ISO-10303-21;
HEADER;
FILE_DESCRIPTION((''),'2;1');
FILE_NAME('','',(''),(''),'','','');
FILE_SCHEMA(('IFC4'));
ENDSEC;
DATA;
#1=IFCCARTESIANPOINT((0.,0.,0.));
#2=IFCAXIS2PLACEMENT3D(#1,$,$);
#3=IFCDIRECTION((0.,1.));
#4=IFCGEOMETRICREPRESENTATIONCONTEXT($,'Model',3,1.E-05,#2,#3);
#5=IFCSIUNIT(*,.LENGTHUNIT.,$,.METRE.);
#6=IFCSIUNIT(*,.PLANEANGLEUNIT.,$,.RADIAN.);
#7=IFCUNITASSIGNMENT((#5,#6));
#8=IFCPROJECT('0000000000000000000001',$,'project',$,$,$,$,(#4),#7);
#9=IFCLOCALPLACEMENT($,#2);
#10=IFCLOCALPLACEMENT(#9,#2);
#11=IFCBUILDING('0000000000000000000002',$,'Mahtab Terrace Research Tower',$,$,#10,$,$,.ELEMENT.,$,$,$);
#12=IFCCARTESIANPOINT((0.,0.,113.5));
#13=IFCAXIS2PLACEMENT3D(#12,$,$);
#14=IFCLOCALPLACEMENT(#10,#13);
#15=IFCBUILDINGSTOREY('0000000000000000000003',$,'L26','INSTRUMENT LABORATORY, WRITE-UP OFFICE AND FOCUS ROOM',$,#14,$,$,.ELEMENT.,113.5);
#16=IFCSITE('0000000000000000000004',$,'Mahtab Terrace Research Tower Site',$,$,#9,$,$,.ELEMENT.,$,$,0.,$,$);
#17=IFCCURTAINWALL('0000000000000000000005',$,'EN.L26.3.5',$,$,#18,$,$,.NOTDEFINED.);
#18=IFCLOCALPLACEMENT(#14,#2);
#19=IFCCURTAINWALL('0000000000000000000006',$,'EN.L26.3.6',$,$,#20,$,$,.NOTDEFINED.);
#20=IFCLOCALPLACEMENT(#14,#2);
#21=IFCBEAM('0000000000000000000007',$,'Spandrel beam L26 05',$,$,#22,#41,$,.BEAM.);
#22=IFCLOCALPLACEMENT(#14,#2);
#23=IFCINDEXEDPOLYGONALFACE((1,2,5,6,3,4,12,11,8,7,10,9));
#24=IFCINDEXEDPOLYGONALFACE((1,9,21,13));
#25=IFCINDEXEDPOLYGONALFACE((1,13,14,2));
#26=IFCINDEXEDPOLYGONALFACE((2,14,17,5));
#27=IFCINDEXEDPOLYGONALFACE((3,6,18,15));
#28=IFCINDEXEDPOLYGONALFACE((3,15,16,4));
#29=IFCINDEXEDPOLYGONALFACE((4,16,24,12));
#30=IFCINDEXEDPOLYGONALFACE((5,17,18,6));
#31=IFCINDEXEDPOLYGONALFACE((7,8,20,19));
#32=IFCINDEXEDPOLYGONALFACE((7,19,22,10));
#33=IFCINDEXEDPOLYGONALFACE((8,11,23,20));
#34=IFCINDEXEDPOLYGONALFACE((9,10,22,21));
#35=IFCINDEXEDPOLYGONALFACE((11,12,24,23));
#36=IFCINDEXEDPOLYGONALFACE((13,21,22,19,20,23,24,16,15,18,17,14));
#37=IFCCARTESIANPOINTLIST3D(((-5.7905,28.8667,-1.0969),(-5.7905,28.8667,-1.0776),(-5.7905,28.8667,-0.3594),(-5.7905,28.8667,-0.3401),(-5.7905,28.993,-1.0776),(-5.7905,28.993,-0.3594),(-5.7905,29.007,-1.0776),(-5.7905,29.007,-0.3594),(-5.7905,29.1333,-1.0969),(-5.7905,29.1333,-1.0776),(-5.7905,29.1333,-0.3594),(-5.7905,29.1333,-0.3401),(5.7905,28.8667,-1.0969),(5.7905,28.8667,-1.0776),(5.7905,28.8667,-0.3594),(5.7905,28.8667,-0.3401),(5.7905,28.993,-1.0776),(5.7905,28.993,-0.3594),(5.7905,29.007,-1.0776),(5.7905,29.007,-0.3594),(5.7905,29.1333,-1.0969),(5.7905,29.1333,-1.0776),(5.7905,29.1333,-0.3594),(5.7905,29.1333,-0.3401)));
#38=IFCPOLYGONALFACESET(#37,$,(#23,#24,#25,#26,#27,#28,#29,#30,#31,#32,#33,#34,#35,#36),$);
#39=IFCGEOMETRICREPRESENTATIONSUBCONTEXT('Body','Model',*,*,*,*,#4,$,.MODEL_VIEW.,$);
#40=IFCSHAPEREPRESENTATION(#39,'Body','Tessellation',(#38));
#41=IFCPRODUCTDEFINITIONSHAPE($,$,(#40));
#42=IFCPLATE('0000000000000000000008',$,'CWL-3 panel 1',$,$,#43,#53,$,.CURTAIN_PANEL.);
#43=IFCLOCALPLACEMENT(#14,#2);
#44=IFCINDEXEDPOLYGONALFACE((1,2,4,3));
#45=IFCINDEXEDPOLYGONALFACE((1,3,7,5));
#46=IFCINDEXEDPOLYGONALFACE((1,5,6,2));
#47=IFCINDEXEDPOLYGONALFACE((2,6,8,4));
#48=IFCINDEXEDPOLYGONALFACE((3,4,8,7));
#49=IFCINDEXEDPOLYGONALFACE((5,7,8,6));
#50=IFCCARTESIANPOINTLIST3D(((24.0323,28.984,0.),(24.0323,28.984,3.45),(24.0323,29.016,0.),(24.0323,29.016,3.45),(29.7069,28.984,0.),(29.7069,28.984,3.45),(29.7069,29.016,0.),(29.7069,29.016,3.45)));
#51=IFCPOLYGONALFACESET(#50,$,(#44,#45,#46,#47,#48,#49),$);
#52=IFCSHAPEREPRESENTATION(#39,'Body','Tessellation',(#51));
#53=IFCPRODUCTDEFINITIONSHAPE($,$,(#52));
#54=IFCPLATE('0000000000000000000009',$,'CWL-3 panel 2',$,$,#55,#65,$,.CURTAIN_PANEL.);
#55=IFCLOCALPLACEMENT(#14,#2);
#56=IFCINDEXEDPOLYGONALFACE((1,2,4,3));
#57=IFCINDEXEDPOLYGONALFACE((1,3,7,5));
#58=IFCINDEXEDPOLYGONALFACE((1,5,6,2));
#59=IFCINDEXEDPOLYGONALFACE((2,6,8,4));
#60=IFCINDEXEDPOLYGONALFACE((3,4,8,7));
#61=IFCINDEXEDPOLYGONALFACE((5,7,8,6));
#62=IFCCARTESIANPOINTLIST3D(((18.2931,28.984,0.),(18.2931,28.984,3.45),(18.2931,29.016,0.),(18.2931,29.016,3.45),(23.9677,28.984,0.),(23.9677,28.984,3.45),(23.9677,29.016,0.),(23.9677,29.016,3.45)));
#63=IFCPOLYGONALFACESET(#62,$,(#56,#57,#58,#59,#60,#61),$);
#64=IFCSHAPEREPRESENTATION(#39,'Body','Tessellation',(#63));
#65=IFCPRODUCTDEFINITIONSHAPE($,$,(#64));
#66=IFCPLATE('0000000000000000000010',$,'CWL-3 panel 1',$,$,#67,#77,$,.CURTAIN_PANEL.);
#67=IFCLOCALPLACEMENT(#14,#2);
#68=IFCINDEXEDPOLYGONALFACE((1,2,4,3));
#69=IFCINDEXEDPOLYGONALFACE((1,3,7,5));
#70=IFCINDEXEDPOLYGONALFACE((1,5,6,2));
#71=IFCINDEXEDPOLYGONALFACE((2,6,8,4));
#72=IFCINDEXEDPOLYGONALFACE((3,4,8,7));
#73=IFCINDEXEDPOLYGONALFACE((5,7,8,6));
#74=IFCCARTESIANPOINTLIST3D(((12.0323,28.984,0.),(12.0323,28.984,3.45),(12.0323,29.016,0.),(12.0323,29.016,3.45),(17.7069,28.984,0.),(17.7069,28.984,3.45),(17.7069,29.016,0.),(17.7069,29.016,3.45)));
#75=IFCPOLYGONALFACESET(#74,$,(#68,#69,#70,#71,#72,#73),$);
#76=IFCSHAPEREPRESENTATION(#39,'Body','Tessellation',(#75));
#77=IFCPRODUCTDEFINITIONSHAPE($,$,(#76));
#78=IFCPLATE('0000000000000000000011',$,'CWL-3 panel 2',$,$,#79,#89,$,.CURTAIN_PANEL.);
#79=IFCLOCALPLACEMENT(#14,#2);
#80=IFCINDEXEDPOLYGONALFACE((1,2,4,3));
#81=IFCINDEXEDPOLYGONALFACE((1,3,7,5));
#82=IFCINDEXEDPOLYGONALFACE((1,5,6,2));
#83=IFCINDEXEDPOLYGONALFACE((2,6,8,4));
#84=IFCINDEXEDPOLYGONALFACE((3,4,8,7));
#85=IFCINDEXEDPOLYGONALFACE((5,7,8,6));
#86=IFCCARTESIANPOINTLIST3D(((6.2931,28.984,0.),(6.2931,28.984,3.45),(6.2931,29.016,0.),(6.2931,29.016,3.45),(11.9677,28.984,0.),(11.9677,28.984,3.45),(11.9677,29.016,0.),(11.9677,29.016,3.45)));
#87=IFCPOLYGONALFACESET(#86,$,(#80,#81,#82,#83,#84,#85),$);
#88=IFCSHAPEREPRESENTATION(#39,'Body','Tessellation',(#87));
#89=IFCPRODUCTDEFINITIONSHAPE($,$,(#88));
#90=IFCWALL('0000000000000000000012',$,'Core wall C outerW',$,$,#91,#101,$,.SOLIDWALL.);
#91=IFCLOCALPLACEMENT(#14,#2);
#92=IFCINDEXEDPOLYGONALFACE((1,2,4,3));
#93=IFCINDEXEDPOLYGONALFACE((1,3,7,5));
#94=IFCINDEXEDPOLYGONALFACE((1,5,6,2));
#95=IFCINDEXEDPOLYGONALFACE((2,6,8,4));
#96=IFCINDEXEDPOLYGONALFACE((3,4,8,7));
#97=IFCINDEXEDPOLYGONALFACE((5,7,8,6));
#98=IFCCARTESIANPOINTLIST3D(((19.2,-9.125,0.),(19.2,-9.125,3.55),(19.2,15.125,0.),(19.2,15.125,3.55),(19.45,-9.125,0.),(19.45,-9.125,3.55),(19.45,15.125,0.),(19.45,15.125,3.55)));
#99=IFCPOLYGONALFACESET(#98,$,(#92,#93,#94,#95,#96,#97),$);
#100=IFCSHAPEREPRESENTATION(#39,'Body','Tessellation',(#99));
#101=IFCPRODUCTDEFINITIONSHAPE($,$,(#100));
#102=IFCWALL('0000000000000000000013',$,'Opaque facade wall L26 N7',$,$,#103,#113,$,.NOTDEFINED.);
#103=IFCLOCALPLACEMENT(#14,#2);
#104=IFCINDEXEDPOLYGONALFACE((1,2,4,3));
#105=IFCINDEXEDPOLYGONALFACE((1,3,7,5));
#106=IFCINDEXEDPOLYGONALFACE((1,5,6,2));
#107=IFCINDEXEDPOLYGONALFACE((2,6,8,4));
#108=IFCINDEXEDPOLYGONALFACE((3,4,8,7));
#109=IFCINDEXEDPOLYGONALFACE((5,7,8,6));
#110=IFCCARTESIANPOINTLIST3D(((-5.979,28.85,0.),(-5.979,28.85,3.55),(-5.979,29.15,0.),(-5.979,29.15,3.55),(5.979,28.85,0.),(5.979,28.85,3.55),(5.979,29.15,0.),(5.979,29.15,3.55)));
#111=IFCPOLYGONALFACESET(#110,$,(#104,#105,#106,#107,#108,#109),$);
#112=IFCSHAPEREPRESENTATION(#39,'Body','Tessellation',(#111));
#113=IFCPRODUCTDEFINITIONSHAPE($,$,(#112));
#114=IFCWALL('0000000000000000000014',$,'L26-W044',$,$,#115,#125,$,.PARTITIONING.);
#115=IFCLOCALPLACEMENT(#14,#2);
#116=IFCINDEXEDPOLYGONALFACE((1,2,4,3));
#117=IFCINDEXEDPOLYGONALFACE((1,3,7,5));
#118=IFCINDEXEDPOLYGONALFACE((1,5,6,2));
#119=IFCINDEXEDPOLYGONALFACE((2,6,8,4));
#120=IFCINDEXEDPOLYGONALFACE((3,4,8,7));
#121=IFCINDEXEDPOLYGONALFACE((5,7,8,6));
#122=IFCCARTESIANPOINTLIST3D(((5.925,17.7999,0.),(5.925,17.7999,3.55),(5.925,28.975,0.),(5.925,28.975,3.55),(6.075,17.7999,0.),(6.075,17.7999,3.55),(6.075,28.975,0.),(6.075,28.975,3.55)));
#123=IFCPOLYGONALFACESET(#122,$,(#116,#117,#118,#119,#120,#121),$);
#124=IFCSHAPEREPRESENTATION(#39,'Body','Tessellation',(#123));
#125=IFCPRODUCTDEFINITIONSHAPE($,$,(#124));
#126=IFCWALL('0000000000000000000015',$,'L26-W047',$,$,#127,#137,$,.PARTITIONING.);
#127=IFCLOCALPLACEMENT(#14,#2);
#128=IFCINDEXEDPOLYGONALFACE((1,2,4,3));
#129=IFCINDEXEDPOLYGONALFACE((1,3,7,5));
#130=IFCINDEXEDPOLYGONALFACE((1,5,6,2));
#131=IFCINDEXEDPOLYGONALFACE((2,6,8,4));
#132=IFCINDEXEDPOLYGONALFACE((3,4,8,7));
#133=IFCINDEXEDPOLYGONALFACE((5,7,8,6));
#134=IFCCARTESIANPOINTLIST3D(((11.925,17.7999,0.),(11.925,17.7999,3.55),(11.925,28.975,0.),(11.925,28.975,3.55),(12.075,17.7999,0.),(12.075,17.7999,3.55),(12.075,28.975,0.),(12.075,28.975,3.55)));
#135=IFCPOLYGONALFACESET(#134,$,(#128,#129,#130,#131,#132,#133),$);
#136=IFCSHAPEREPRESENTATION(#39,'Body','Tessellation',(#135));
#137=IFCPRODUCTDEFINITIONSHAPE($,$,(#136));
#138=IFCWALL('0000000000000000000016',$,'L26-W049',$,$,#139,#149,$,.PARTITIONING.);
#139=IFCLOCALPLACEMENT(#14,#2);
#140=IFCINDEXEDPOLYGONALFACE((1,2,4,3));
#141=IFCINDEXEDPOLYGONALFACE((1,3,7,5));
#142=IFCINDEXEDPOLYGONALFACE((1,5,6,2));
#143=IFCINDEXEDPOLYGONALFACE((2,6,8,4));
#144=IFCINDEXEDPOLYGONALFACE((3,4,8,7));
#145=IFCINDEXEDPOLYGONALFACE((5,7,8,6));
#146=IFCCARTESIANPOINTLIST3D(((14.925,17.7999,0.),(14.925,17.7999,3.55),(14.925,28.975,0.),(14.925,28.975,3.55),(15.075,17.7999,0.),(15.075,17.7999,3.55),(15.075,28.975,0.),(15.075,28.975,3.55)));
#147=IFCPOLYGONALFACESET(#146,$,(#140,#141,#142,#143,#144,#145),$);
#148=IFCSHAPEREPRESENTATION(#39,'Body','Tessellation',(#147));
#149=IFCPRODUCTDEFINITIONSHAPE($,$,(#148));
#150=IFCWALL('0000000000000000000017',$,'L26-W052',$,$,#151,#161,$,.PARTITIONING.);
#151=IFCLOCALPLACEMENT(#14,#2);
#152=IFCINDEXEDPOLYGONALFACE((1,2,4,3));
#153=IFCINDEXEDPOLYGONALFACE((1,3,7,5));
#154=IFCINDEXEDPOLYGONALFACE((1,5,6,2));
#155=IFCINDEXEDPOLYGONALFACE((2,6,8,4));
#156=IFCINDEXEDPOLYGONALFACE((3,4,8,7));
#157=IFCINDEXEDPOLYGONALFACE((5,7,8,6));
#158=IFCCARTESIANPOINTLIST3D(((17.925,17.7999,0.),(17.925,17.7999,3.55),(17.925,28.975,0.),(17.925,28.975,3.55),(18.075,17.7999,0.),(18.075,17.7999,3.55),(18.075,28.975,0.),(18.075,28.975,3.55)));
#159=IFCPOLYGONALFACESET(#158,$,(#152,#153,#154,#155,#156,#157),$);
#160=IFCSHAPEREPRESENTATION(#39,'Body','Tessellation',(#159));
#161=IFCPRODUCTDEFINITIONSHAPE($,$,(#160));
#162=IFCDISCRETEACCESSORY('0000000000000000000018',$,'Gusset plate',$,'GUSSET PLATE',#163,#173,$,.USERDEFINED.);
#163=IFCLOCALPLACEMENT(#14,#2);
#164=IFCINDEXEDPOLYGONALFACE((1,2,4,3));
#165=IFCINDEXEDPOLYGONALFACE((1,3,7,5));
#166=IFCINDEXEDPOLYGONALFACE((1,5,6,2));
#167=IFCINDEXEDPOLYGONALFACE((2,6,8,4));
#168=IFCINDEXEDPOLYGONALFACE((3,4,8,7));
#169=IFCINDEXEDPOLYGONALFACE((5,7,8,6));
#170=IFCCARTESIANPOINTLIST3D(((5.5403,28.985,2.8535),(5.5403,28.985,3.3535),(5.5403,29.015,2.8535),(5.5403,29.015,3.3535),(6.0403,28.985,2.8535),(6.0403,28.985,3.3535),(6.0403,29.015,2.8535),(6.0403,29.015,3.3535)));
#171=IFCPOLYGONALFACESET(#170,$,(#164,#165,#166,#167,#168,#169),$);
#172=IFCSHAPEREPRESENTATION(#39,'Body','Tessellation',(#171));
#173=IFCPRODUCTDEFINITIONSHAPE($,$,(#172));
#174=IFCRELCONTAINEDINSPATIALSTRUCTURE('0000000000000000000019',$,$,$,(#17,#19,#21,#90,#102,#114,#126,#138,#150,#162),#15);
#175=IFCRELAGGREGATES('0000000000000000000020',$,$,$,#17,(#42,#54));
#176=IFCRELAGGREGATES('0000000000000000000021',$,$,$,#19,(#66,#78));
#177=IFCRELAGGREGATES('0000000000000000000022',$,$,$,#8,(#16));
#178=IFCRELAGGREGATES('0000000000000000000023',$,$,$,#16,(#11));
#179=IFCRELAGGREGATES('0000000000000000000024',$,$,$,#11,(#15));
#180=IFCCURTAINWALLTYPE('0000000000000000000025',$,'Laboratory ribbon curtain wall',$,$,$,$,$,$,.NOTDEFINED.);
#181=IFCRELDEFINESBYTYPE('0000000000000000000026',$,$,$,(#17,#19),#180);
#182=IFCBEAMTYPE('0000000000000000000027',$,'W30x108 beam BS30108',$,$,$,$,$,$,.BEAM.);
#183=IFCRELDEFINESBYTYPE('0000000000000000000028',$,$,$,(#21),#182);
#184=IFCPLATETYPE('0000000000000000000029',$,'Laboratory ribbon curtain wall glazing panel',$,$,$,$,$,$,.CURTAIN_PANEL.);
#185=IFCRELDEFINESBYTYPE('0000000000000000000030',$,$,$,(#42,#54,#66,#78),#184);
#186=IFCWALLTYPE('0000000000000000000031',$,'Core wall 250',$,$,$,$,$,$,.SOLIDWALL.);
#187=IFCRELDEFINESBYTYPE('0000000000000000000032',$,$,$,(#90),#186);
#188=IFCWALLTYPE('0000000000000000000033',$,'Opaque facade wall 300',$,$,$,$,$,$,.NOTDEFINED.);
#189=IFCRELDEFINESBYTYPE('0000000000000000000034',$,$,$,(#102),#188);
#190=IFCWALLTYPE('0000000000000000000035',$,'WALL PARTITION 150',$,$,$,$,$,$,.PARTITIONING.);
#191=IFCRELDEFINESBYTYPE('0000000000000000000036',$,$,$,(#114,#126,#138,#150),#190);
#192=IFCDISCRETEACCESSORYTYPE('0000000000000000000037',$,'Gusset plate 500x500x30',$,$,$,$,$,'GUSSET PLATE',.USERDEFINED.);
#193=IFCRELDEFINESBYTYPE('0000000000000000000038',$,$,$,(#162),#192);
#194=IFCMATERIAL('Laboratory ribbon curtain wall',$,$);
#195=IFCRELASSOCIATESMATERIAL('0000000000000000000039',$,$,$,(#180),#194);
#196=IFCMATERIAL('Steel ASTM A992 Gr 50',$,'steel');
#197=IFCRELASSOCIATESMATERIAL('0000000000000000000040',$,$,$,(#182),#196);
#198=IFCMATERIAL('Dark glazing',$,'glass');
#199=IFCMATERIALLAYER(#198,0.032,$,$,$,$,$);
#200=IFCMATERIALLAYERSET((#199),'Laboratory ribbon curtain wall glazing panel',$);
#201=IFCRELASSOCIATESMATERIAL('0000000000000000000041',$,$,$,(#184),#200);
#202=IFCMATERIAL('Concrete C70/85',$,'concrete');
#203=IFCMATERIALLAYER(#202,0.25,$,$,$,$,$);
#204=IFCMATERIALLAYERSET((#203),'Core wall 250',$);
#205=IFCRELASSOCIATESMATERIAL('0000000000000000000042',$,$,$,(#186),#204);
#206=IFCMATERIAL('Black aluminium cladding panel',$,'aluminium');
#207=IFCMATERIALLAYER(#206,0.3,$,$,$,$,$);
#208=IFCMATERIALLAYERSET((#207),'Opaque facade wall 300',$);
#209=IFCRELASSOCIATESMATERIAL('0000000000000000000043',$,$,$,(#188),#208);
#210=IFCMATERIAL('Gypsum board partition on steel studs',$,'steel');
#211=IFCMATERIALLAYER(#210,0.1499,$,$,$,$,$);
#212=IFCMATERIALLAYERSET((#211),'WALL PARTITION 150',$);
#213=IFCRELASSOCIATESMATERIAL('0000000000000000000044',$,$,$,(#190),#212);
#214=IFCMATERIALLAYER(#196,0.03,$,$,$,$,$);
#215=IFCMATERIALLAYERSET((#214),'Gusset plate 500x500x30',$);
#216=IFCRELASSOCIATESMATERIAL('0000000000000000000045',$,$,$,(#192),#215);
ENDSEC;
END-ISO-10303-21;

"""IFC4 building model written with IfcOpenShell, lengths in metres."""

from ifc_helpers import new_model, si_unit, direction, frame, frame_2d, origin, origin_2d, place, context, subcontext, project, spatial, rectangle, i_section, extrude, material, layer, layer_set, material_profile, profile_set, type_object, element, aggregate, save


model = new_model("IFC4")

# Units and contexts
model_context = context("Model", 3, precision=1e-05, world=origin(), true_north=direction((0.0, 1.0)))
body_context = subcontext(model_context, "Body", "Model", "MODEL_VIEW")
ifc_project = project(units=[si_unit("LENGTHUNIT", "METRE"), si_unit("PLANEANGLEUNIT", "RADIAN")], contexts=[model_context])

# Site, building, storey
site_placement = place(None, origin())
site = spatial("IfcSite", under=ifc_project, at=site_placement, Name="Mahtab Terrace Research Tower Site", CompositionType="ELEMENT", RefElevation=0.0)
building_placement = place(site_placement, origin())
building = spatial("IfcBuilding", under=site, at=building_placement, Name="Mahtab Terrace Research Tower", CompositionType="ELEMENT")
storey_placement = place(building_placement, frame((0.0, 0.0, 113.5)))
storey = spatial("IfcBuildingStorey", under=building, at=storey_placement, Name="L26", Description="INSTRUMENT LABORATORY, WRITE-UP OFFICE AND FOCUS ROOM", CompositionType="ELEMENT", Elevation=113.5)

# Shared definitions
ifc_material_1 = material(Name="Steel ASTM A992 Gr 50", Category="steel")

# Curtain walls
ifc_material_2 = material(Name="Laboratory ribbon curtain wall")
curtain_wall_type = type_object("IfcCurtainWallType", Name="Laboratory ribbon curtain wall", PredefinedType="NOTDEFINED", material=ifc_material_2)
curtain_wall_1_placement = place(storey_placement, origin())
curtain_wall_1 = element("IfcCurtainWall", 1, at=curtain_wall_1_placement, inside=storey, type_object=curtain_wall_type, Name="EN.L26.3.5", PredefinedType="NOTDEFINED")
curtain_wall_2_placement = place(storey_placement, origin())
curtain_wall_2 = element("IfcCurtainWall", 2, at=curtain_wall_2_placement, inside=storey, type_object=curtain_wall_type, Name="EN.L26.3.6", PredefinedType="NOTDEFINED")

# Beam
ifc_material_profile_1 = material_profile(ifc_material_1, i_section(OverallWidth=0.2666, OverallDepth=0.7568, WebThickness=0.0139, FlangeThickness=0.0193, at=origin_2d()), Name="W30X108")
ifc_profile_set_1 = profile_set([ifc_material_profile_1], Name="Steel ASTM A992 Gr 50")
beam_type = type_object("IfcBeamType", Name="W30x108 beam BS30108", PredefinedType="BEAM", material=ifc_profile_set_1)
for number, where, z_axis, x_axis, name in (
    (3, (5.7905, 29.0, -0.7185), (-1.0, 0.0, 0.0), (0.0, -1.0, 0.0), "Spandrel beam L26 05"),
):
    element("IfcBeam", number, at=place(storey_placement, frame(where, z_axis=z_axis, x_axis=x_axis)), inside=storey, type_object=beam_type, Name=name, PredefinedType="BEAM", context=body_context, shape_type="SweptSolid", body=[
        extrude(i_section(OverallWidth=0.2666, OverallDepth=0.7568, WebThickness=0.0139, FlangeThickness=0.0193, at=origin_2d()), origin(), (0.0, 0.0, 1.0), 11.5811),
    ])

# Plates
ifc_material_3 = material(Name="Dark glazing", Category="glass")
ifc_layer_1 = layer(ifc_material_3, 0.032)
ifc_layer_set_1 = layer_set([ifc_layer_1], Name="Laboratory ribbon curtain wall glazing panel")
plate_type = type_object("IfcPlateType", Name="Laboratory ribbon curtain wall glazing panel", PredefinedType="CURTAIN_PANEL", material=ifc_layer_set_1)
plate_1_placement = place(storey_placement, frame((26.8696, 29.0, 0.0), z_axis=(0.0, 0.0, 1.0), x_axis=(-1.0, 0.0, 0.0)))
plate_1 = element("IfcPlate", 4, at=plate_1_placement, type_object=plate_type, Name="CWL-3 panel 1", PredefinedType="CURTAIN_PANEL", context=body_context, shape_type="SweptSolid", body=[
    extrude(rectangle(XDim=5.6746, YDim=0.032, at=origin_2d()), origin(), (0.0, 0.0, 1.0), 3.45),
])
plate_2_placement = place(storey_placement, frame((21.1304, 29.0, 0.0), z_axis=(0.0, 0.0, 1.0), x_axis=(-1.0, 0.0, 0.0)))
plate_2 = element("IfcPlate", 5, at=plate_2_placement, type_object=plate_type, Name="CWL-3 panel 2", PredefinedType="CURTAIN_PANEL", context=body_context, shape_type="SweptSolid", body=[
    extrude(rectangle(XDim=5.6746, YDim=0.032, at=origin_2d()), origin(), (0.0, 0.0, 1.0), 3.45),
])
aggregate(curtain_wall_1, [plate_1, plate_2])
plate_3_placement = place(storey_placement, frame((14.8696, 29.0, 0.0), z_axis=(0.0, 0.0, 1.0), x_axis=(-1.0, 0.0, 0.0)))
plate_3 = element("IfcPlate", 6, at=plate_3_placement, type_object=plate_type, Name="CWL-3 panel 1", PredefinedType="CURTAIN_PANEL", context=body_context, shape_type="SweptSolid", body=[
    extrude(rectangle(XDim=5.6746, YDim=0.032, at=origin_2d()), origin(), (0.0, 0.0, 1.0), 3.45),
])
plate_4_placement = place(storey_placement, frame((9.1304, 29.0, 0.0), z_axis=(0.0, 0.0, 1.0), x_axis=(-1.0, 0.0, 0.0)))
plate_4 = element("IfcPlate", 7, at=plate_4_placement, type_object=plate_type, Name="CWL-3 panel 2", PredefinedType="CURTAIN_PANEL", context=body_context, shape_type="SweptSolid", body=[
    extrude(rectangle(XDim=5.6746, YDim=0.032, at=origin_2d()), origin(), (0.0, 0.0, 1.0), 3.45),
])
aggregate(curtain_wall_2, [plate_3, plate_4])

# Walls
ifc_material_4 = material(Name="Concrete C70/85", Category="concrete")
ifc_layer_2 = layer(ifc_material_4, 0.25)
ifc_layer_set_2 = layer_set([ifc_layer_2], Name="Core wall 250")
wall_type_1 = type_object("IfcWallType", Name="Core wall 250", PredefinedType="SOLIDWALL", material=ifc_layer_set_2)
wall_1_placement = place(storey_placement, frame((19.325, 15.125, 0.0), z_axis=(0.0, 0.0, 1.0), x_axis=(0.0, -1.0, 0.0)))
element("IfcWall", 8, at=wall_1_placement, inside=storey, type_object=wall_type_1, Name="Core wall C outerW", PredefinedType="SOLIDWALL", context=body_context, shape_type="SweptSolid", body=[
    extrude(rectangle(XDim=24.25, YDim=0.25, at=frame_2d((12.125, 0.0))), origin(), (0.0, 0.0, 1.0), 3.55),
])
ifc_material_5 = material(Name="Black aluminium cladding panel", Category="aluminium")
ifc_layer_3 = layer(ifc_material_5, 0.3)
ifc_layer_set_3 = layer_set([ifc_layer_3], Name="Opaque facade wall 300")
wall_type_2 = type_object("IfcWallType", Name="Opaque facade wall 300", PredefinedType="NOTDEFINED", material=ifc_layer_set_3)
wall_2_placement = place(storey_placement, frame((5.979, 29.0, 0.0), z_axis=(0.0, 0.0, 1.0), x_axis=(-1.0, 0.0, 0.0)))
element("IfcWall", 9, at=wall_2_placement, inside=storey, type_object=wall_type_2, Name="Opaque facade wall L26 N7", PredefinedType="NOTDEFINED", context=body_context, shape_type="SweptSolid", body=[
    extrude(rectangle(XDim=11.958, YDim=0.3, at=frame_2d((5.979, 0.0))), origin(), (0.0, 0.0, 1.0), 3.55),
])
ifc_material_6 = material(Name="Gypsum board partition on steel studs", Category="steel")
ifc_layer_4 = layer(ifc_material_6, 0.1499)
ifc_layer_set_4 = layer_set([ifc_layer_4], Name="WALL PARTITION 150")
wall_type_3 = type_object("IfcWallType", Name="WALL PARTITION 150", PredefinedType="PARTITIONING", material=ifc_layer_set_4)
for number, where, z_axis, x_axis, name in (
    (10, (6.0, 17.8, 0.0), (0.0, 0.0, 1.0), (0.0, 1.0, 0.0), "L26-W044"),
    (11, (12.0, 17.8, 0.0), (0.0, 0.0, 1.0), (0.0, 1.0, 0.0), "L26-W047"),
    (12, (15.0, 17.8, 0.0), (0.0, 0.0, 1.0), (0.0, 1.0, 0.0), "L26-W049"),
    (13, (18.0, 17.8, 0.0), (0.0, 0.0, 1.0), (0.0, 1.0, 0.0), "L26-W052"),
):
    element("IfcWall", number, at=place(storey_placement, frame(where, z_axis=z_axis, x_axis=x_axis)), inside=storey, type_object=wall_type_3, Name=name, PredefinedType="PARTITIONING", context=body_context, shape_type="SweptSolid", body=[
        extrude(rectangle(XDim=11.175, YDim=0.1499, at=frame_2d((5.5874, 0.0))), origin(), (0.0, 0.0, 1.0), 3.55),
    ])

# Discrete accessory
ifc_layer_5 = layer(ifc_material_1, 0.03)
ifc_layer_set_5 = layer_set([ifc_layer_5], Name="Gusset plate 500x500x30")
discrete_accessory_type = type_object("IfcDiscreteAccessoryType", Name="Gusset plate 500x500x30", ElementType="GUSSET PLATE", PredefinedType="USERDEFINED", material=ifc_layer_set_5)
discrete_accessory_placement = place(storey_placement, frame((5.7903, 29.0, 2.8535), z_axis=(0.0, 0.0, 1.0), x_axis=(1.0, 0.0, 0.0)))
element("IfcDiscreteAccessory", 14, at=discrete_accessory_placement, inside=storey, type_object=discrete_accessory_type, Name="Gusset plate", ObjectType="GUSSET PLATE", PredefinedType="USERDEFINED", context=body_context, shape_type="SweptSolid", body=[
    extrude(rectangle(XDim=0.5, YDim=0.03, at=origin_2d()), origin(), (0.0, 0.0, 1.0), 0.5),
])

save(model, "model.ifc")
